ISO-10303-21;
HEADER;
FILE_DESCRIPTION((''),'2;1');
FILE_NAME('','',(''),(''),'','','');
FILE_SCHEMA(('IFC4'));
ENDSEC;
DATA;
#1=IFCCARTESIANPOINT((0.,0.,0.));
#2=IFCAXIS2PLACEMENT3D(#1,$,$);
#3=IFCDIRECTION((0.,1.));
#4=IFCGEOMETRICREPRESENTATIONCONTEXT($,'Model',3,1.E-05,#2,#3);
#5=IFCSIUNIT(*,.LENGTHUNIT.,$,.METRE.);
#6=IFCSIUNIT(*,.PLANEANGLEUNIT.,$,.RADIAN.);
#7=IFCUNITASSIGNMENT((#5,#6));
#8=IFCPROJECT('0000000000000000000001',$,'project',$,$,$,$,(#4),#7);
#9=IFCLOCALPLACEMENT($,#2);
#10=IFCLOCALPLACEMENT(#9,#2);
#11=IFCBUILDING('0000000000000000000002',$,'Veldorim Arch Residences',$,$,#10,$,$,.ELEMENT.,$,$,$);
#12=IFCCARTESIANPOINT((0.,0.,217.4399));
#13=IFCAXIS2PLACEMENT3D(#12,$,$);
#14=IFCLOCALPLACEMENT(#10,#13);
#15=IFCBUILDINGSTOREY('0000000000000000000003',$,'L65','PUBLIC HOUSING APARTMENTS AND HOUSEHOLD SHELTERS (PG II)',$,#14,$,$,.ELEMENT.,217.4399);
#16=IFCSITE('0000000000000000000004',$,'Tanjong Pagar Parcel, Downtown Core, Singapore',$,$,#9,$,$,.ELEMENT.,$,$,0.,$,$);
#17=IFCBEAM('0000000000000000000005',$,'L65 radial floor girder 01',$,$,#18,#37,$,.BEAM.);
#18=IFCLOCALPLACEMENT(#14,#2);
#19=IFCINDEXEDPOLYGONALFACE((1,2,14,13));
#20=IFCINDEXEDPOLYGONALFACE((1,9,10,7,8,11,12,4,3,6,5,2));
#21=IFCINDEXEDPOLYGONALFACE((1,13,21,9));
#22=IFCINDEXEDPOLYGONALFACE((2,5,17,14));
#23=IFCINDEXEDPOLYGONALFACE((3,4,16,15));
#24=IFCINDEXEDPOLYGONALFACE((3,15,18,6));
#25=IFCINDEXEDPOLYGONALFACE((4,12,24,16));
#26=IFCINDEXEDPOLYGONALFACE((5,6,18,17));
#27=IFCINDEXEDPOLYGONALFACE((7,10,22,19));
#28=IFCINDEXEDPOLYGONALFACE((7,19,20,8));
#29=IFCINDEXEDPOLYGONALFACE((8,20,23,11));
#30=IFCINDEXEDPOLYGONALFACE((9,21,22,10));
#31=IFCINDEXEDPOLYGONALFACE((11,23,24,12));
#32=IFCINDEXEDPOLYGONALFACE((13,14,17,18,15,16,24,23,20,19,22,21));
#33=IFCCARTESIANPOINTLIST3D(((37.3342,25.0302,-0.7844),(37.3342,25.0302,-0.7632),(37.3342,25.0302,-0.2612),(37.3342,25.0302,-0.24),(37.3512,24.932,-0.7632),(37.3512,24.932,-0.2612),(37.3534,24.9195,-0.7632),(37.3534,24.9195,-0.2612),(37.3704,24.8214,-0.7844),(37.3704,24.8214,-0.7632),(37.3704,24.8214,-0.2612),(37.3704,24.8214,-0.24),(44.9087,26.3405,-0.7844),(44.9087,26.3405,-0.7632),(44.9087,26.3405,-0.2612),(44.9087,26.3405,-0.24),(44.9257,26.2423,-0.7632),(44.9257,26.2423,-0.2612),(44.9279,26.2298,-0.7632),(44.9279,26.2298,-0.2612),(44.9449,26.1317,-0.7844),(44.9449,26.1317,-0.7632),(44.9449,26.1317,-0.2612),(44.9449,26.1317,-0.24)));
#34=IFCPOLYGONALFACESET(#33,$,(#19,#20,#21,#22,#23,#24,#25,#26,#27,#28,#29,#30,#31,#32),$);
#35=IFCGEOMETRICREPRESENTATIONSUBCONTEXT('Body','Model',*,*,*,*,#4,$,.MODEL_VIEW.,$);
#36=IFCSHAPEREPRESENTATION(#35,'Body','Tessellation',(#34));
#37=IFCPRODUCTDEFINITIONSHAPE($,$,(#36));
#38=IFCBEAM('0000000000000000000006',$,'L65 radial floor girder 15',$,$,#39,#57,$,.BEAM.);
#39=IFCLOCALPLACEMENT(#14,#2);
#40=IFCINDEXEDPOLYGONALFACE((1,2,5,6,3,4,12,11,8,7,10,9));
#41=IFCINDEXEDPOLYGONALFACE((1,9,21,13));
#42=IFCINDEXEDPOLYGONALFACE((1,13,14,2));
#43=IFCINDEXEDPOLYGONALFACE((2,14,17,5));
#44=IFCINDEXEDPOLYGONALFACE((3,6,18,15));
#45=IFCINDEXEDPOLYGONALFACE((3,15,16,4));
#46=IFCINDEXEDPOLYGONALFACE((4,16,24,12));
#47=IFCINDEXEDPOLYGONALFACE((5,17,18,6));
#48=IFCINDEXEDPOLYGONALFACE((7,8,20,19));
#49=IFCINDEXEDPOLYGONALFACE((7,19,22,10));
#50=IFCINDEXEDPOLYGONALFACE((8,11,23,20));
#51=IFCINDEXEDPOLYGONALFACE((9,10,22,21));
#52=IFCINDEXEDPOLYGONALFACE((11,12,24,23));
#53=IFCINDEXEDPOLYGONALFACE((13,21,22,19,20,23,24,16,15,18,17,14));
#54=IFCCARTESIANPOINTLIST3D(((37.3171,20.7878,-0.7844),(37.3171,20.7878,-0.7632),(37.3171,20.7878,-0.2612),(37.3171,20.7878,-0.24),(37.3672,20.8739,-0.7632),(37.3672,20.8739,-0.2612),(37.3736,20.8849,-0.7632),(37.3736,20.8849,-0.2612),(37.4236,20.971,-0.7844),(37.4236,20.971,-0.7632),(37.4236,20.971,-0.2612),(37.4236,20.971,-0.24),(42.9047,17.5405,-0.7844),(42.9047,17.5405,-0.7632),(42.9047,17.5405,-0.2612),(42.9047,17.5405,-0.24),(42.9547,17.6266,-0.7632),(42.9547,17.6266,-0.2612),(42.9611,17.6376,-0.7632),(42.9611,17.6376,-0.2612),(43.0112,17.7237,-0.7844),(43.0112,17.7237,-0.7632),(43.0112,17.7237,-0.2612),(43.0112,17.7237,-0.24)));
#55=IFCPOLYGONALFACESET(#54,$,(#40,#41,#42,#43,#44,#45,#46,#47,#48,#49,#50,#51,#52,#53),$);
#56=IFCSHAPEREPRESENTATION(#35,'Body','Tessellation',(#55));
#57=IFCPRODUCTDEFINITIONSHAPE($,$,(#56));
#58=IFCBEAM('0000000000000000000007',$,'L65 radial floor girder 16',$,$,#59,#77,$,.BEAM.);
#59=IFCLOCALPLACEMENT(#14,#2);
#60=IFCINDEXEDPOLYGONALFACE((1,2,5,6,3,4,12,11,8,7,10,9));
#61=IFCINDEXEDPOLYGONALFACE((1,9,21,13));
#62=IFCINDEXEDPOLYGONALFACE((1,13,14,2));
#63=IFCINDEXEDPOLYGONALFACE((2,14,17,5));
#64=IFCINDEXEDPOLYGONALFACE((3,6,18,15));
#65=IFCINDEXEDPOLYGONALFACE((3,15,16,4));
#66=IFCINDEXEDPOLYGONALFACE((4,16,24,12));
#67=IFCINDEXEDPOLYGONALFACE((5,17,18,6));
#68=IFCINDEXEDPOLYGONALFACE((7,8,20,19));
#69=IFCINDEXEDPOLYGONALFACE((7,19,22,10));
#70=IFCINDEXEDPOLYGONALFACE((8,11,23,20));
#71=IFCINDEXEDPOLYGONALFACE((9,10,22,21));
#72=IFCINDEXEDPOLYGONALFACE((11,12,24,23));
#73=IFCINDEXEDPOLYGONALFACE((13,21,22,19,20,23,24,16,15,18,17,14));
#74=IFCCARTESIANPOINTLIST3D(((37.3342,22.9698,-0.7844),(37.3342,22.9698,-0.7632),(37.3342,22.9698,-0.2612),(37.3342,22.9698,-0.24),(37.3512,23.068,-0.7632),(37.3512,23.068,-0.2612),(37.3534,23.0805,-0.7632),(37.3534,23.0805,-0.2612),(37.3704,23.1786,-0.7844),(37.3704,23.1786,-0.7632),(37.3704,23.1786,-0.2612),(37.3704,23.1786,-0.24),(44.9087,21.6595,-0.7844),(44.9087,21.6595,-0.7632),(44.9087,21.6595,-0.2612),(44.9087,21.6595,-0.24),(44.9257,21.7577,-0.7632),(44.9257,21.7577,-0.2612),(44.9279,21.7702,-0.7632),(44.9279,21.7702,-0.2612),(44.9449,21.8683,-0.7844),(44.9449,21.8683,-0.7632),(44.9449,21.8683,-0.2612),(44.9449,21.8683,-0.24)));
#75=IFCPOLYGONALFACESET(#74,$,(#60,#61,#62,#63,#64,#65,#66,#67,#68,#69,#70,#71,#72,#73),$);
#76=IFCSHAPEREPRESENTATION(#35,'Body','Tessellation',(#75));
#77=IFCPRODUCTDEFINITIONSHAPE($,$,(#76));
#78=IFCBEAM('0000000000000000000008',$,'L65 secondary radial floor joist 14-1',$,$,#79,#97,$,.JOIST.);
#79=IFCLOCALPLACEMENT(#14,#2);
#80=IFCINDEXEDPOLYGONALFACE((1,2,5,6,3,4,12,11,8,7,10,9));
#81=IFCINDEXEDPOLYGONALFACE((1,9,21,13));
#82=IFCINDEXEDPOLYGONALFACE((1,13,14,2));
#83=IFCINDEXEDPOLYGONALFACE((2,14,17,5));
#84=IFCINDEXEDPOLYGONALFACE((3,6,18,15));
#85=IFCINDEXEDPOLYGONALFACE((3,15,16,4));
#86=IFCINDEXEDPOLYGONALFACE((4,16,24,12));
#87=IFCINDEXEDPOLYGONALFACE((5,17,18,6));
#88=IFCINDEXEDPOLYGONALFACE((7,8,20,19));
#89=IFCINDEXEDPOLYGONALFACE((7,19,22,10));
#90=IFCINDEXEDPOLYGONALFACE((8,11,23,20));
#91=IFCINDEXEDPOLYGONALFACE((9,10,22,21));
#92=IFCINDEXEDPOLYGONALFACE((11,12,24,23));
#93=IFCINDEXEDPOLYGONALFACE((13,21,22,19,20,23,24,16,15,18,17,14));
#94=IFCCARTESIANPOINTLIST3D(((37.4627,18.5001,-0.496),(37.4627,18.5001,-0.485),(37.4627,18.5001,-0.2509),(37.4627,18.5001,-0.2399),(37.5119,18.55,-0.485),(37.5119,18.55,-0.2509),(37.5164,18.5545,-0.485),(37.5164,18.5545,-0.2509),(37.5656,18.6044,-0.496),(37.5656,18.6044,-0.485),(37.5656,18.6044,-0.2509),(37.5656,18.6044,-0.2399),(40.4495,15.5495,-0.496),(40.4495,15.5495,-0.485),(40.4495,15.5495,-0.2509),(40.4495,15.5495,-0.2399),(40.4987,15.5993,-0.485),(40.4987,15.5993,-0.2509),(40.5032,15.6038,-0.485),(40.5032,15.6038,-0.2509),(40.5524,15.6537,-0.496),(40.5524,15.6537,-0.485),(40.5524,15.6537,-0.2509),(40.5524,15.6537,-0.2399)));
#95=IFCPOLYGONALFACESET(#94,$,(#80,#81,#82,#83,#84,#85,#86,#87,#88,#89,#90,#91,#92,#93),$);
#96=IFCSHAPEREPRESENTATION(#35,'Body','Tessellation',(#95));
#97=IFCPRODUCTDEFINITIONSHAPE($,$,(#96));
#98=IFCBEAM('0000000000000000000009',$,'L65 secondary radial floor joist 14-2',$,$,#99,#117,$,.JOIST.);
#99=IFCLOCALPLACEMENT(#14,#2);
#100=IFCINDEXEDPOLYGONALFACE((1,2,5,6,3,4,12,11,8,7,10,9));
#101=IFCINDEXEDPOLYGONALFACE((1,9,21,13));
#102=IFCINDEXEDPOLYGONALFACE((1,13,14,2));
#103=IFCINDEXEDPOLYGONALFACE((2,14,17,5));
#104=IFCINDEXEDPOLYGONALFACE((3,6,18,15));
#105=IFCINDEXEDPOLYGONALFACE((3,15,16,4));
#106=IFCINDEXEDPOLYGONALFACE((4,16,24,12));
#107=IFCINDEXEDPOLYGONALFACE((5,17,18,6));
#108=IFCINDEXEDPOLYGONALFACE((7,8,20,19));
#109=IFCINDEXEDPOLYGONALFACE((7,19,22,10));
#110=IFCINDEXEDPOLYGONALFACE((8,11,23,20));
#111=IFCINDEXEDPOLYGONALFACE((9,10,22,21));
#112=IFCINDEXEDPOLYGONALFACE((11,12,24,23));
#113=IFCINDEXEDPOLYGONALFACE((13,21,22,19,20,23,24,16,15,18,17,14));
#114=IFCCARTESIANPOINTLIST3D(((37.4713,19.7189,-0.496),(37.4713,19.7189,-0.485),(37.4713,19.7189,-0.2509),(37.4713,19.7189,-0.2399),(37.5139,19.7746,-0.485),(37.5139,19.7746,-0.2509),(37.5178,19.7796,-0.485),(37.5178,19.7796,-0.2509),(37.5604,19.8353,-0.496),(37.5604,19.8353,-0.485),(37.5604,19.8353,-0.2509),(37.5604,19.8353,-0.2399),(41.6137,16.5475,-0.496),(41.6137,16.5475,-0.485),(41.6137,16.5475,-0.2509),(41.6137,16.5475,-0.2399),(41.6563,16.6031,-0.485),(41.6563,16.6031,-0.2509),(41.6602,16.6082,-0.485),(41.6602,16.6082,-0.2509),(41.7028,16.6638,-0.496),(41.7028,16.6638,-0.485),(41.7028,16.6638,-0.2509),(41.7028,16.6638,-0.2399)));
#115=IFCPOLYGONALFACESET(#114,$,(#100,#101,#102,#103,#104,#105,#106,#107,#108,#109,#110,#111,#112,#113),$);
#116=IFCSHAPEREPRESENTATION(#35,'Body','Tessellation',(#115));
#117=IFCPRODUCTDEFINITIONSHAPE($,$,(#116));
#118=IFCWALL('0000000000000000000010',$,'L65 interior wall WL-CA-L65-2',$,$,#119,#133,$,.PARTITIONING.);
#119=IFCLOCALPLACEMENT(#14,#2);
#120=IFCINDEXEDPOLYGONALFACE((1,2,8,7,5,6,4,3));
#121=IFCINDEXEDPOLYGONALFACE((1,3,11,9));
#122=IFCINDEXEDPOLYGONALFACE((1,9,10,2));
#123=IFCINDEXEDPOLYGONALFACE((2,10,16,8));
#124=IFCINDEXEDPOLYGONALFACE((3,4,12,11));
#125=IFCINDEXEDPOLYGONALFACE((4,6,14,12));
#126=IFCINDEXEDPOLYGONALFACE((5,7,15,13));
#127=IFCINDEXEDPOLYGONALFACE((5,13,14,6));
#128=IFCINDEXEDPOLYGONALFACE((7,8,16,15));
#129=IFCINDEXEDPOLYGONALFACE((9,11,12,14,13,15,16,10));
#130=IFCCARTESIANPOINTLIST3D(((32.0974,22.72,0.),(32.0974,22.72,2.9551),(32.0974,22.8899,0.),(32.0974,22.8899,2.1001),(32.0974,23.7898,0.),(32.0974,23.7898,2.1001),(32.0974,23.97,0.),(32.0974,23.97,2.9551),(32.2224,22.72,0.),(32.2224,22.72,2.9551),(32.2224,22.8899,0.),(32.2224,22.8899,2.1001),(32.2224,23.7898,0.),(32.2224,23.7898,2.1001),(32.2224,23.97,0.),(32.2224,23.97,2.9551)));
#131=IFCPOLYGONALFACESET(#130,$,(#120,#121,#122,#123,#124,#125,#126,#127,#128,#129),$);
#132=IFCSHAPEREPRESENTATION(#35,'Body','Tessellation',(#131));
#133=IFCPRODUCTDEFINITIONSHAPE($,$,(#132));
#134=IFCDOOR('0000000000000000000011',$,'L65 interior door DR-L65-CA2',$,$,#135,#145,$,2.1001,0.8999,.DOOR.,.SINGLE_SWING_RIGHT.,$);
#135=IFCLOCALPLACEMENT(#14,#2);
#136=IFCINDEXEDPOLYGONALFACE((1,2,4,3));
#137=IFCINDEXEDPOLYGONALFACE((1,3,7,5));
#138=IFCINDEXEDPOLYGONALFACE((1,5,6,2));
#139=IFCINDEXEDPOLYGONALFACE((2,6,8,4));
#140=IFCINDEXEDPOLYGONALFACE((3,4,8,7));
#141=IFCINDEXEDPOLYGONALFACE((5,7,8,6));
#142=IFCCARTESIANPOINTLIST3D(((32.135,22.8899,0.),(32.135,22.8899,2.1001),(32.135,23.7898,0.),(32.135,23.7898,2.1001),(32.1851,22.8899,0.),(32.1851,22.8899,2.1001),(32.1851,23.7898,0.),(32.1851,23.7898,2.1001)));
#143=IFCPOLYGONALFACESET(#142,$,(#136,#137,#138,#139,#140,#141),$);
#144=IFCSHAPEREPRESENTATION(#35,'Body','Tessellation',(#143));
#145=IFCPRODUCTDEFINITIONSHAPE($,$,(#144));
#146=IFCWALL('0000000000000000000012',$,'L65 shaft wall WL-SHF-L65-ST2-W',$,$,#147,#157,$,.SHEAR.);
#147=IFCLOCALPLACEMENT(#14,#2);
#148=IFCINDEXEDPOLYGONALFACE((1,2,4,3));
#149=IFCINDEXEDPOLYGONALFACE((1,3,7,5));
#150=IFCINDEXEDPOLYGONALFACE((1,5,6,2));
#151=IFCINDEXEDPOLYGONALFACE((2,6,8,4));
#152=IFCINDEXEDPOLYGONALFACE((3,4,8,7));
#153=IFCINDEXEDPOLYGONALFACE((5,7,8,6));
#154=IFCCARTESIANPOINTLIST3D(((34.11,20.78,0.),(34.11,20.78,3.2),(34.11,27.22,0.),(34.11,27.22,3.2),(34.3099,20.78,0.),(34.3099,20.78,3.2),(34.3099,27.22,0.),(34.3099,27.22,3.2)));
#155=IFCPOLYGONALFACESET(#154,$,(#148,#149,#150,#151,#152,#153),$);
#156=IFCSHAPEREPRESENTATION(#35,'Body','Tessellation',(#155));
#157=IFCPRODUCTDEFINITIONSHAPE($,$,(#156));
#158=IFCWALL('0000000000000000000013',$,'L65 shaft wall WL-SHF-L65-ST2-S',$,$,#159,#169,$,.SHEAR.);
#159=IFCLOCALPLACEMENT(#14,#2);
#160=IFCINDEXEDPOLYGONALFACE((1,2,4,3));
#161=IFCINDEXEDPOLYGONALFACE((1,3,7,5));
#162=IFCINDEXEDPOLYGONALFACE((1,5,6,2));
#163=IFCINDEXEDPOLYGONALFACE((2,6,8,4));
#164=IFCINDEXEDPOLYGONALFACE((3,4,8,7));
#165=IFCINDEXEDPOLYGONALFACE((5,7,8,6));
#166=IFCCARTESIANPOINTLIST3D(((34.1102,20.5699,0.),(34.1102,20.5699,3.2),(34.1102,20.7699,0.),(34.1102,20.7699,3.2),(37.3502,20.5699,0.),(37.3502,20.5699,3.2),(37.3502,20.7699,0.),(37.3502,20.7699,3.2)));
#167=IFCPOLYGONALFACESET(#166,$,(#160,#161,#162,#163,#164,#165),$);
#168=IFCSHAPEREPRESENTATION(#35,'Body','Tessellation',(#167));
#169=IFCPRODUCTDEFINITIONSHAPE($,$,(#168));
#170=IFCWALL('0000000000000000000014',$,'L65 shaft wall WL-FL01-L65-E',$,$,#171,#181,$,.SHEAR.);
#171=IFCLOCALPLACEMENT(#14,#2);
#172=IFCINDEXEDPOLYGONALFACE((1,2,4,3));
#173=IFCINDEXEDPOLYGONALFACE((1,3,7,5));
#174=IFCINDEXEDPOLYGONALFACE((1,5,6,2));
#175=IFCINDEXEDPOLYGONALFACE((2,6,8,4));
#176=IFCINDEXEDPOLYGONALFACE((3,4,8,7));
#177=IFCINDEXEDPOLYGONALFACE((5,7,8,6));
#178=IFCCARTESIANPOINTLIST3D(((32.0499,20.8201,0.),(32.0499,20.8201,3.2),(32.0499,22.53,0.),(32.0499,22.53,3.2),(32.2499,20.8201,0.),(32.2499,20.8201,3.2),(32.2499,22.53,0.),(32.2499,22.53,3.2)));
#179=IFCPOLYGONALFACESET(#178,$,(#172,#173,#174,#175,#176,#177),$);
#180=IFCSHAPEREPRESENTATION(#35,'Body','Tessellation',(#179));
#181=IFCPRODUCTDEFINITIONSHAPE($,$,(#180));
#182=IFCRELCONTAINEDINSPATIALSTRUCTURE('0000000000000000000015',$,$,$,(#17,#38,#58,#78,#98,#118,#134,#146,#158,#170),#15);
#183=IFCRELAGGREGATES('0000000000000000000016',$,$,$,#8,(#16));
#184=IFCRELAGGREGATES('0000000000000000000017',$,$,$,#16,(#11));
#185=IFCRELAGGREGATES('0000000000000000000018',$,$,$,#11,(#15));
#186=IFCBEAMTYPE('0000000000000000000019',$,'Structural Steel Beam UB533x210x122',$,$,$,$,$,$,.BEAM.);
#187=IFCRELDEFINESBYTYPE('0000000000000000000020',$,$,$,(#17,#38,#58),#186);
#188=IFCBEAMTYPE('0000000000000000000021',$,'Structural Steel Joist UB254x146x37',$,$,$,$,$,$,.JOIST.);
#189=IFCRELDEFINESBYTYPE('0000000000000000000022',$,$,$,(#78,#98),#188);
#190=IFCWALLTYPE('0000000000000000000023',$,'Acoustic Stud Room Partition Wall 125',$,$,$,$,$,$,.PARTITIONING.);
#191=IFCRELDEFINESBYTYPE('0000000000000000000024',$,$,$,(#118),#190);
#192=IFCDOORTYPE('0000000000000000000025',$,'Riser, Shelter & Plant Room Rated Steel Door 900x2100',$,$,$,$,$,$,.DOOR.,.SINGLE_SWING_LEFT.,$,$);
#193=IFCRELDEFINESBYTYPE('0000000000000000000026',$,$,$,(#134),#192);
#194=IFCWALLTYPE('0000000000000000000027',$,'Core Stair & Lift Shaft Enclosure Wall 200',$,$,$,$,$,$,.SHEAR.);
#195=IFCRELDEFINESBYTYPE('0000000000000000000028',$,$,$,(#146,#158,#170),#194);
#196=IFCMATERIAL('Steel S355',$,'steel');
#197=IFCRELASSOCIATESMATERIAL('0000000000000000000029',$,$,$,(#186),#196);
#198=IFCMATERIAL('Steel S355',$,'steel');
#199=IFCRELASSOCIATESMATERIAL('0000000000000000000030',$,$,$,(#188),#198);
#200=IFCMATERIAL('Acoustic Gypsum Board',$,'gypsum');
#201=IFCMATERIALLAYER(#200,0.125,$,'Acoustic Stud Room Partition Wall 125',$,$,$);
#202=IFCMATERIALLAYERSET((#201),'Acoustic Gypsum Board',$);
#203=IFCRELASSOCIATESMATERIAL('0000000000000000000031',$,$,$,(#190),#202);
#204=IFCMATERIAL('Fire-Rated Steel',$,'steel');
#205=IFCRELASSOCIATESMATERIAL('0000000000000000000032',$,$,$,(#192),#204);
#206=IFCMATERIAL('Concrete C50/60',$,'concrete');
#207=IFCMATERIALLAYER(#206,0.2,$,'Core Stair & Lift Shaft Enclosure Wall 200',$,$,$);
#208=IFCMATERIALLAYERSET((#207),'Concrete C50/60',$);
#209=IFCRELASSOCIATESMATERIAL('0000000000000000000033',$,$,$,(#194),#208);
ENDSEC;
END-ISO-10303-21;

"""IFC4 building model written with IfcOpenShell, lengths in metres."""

from ifc_helpers import new_model, si_unit, direction, frame, frame_2d, origin, origin_2d, place, context, subcontext, project, spatial, rectangle, i_section, extrude, material, layer, layer_set, material_profile, profile_set, type_object, element, fill, save


model = new_model("IFC4")

# Units and contexts
model_context = context("Model", 3, precision=1e-05, world=origin(), true_north=direction((0.0, 1.0)))
body_context = subcontext(model_context, "Body", "Model", "MODEL_VIEW")
ifc_project = project(units=[si_unit("LENGTHUNIT", "METRE"), si_unit("PLANEANGLEUNIT", "RADIAN")], contexts=[model_context])

# Site, building, storey
site_placement = place(None, origin())
site = spatial("IfcSite", under=ifc_project, at=site_placement, Name="Tanjong Pagar Parcel, Downtown Core, Singapore", CompositionType="ELEMENT", RefElevation=0.0)
building_placement = place(site_placement, origin())
building = spatial("IfcBuilding", under=site, at=building_placement, Name="Veldorim Arch Residences", CompositionType="ELEMENT")
storey_placement = place(building_placement, frame((0.0, 0.0, 217.4399)))
storey = spatial("IfcBuildingStorey", under=building, at=storey_placement, Name="L65", Description="PUBLIC HOUSING APARTMENTS AND HOUSEHOLD SHELTERS (PG II)", CompositionType="ELEMENT", Elevation=217.4399)

# Beams
ifc_material_1 = material(Name="Steel S355", Category="steel")
ifc_material_profile_1 = material_profile(ifc_material_1, i_section(OverallWidth=0.2119, OverallDepth=0.5444, WebThickness=0.0127, FlangeThickness=0.0212, at=origin_2d()), Name="UB533x210x122")
ifc_profile_set_1 = profile_set([ifc_material_profile_1], Name="Steel S355")
beam_type_1 = type_object("IfcBeamType", Name="Structural Steel Beam UB533x210x122", PredefinedType="BEAM", material=ifc_profile_set_1)
beam_1_placement = place(storey_placement, frame((37.3523, 24.9258, -0.5122), z_axis=(0.985365, 0.170458, 0.0), x_axis=(-0.170458, 0.985365, 0.0)))
element("IfcBeam", 1, at=beam_1_placement, inside=storey, type_object=beam_type_1, Name="L65 radial floor girder 01", PredefinedType="BEAM", context=body_context, shape_type="SweptSolid", body=[
    extrude(i_section(OverallWidth=0.2119, OverallDepth=0.5444, WebThickness=0.0127, FlangeThickness=0.0212, at=origin_2d()), origin(), (0.0, 0.0, 1.0), 7.687),
])
beam_2_placement = place(storey_placement, frame((37.3704, 20.8794, -0.5122), z_axis=(0.864596, -0.502468, 0.0), x_axis=(0.502468, 0.864596, 0.0)))
element("IfcBeam", 2, at=beam_2_placement, inside=storey, type_object=beam_type_1, Name="L65 radial floor girder 15", PredefinedType="BEAM", context=body_context, shape_type="SweptSolid", body=[
    extrude(i_section(OverallWidth=0.2119, OverallDepth=0.5444, WebThickness=0.0127, FlangeThickness=0.0212, at=origin_2d()), origin(), (0.0, 0.0, 1.0), 6.4626),
])
beam_3_placement = place(storey_placement, frame((37.3523, 23.0742, -0.5122), z_axis=(0.985365, -0.170458, 0.0), x_axis=(0.170458, 0.985365, 0.0)))
element("IfcBeam", 3, at=beam_3_placement, inside=storey, type_object=beam_type_1, Name="L65 radial floor girder 16", PredefinedType="BEAM", context=body_context, shape_type="SweptSolid", body=[
    extrude(i_section(OverallWidth=0.2119, OverallDepth=0.5444, WebThickness=0.0127, FlangeThickness=0.0212, at=origin_2d()), origin(), (0.0, 0.0, 1.0), 7.687),
])
ifc_material_2 = material(Name="Steel S355", Category="steel")
ifc_material_profile_2 = material_profile(ifc_material_2, i_section(OverallWidth=0.1465, OverallDepth=0.2561, WebThickness=0.0063, FlangeThickness=0.011, at=origin_2d()), Name="UB254x146x37")
ifc_profile_set_2 = profile_set([ifc_material_profile_2], Name="Steel S355")
beam_type_2 = type_object("IfcBeamType", Name="Structural Steel Joist UB254x146x37", PredefinedType="JOIST", material=ifc_profile_set_2)
beam_4_placement = place(storey_placement, frame((37.5142, 18.5522, -0.3679), z_axis=(0.711397, -0.702791, 0.0), x_axis=(0.702791, 0.711397, 0.0)))
element("IfcBeam", 4, at=beam_4_placement, inside=storey, type_object=beam_type_2, Name="L65 secondary radial floor joist 14-1", PredefinedType="JOIST", context=body_context, shape_type="SweptSolid", body=[
    extrude(i_section(OverallWidth=0.1465, OverallDepth=0.2561, WebThickness=0.0063, FlangeThickness=0.011, at=origin_2d()), origin(), (0.0, 0.0, 1.0), 4.1985),
])
beam_5_placement = place(storey_placement, frame((37.5159, 19.7771, -0.3679), z_axis=(0.794014, -0.6079, 0.0), x_axis=(0.6079, 0.794014, 0.0)))
element("IfcBeam", 5, at=beam_5_placement, inside=storey, type_object=beam_type_2, Name="L65 secondary radial floor joist 14-2", PredefinedType="JOIST", context=body_context, shape_type="SweptSolid", body=[
    extrude(i_section(OverallWidth=0.1465, OverallDepth=0.2561, WebThickness=0.0063, FlangeThickness=0.011, at=origin_2d()), origin(), (0.0, 0.0, 1.0), 5.217),
])

# Wall, opening, door
ifc_material_3 = material(Name="Acoustic Gypsum Board", Category="gypsum")
ifc_layer_1 = layer(ifc_material_3, 0.125, Name="Acoustic Stud Room Partition Wall 125")
ifc_layer_set_1 = layer_set([ifc_layer_1], Name="Acoustic Gypsum Board")
wall_type_1 = type_object("IfcWallType", Name="Acoustic Stud Room Partition Wall 125", PredefinedType="PARTITIONING", material=ifc_layer_set_1)
wall_1_placement = place(storey_placement, frame((32.1599, 22.72, 0.0), z_axis=(0.0, 0.0, 1.0), x_axis=(0.0, 1.0, 0.0)))
wall_1 = element("IfcWall", 6, at=wall_1_placement, inside=storey, type_object=wall_type_1, Name="L65 interior wall WL-CA-L65-2", PredefinedType="PARTITIONING", context=body_context, shape_type="SweptSolid", body=[
    extrude(rectangle(XDim=1.25, YDim=0.125, at=frame_2d((0.625, 0.0))), origin(), (0.0, 0.0, 1.0), 2.9551),
])
opening_placement = place(wall_1_placement, frame((0.1699, 0.0, 0.0)))
opening = element("IfcOpeningElement", 7, at=opening_placement, cuts=wall_1, PredefinedType="OPENING", context=body_context, shape_type="SweptSolid", body=[
    extrude(rectangle(XDim=0.8999, YDim=2.1001, at=frame_2d((0.45, 1.05))), frame((0.0, 0.0725, 0.0), z_axis=(0.0, -1.0, 0.0), x_axis=(1.0, 0.0, 0.0)), (0.0, 0.0, 1.0), 0.145),
])
ifc_material_4 = material(Name="Fire-Rated Steel", Category="steel")
door_type = type_object("IfcDoorType", Name="Riser, Shelter & Plant Room Rated Steel Door 900x2100", OperationType="SINGLE_SWING_LEFT", PredefinedType="DOOR", material=ifc_material_4)
door_placement = place(opening_placement, origin())
door = element("IfcDoor", 8, at=door_placement, inside=storey, type_object=door_type, Name="L65 interior door DR-L65-CA2", OperationType="SINGLE_SWING_RIGHT", OverallHeight=2.1001, OverallWidth=0.8999, PredefinedType="DOOR", context=body_context, shape_type="SweptSolid", body=[
    extrude(rectangle(XDim=0.8999, YDim=2.1001, at=frame_2d((0.45, 1.05))), frame((0.0, 0.0249, 0.0), z_axis=(0.0, -1.0, 0.0), x_axis=(1.0, 0.0, 0.0)), (0.0, 0.0, 1.0), 0.05),
])
fill(opening, door)

# Walls
ifc_material_5 = material(Name="Concrete C50/60", Category="concrete")
ifc_layer_2 = layer(ifc_material_5, 0.2, Name="Core Stair & Lift Shaft Enclosure Wall 200")
ifc_layer_set_2 = layer_set([ifc_layer_2], Name="Concrete C50/60")
wall_type_2 = type_object("IfcWallType", Name="Core Stair & Lift Shaft Enclosure Wall 200", PredefinedType="SHEAR", material=ifc_layer_set_2)
wall_2_placement = place(storey_placement, frame((34.21, 20.78, 0.0), z_axis=(0.0, 0.0, 1.0), x_axis=(0.0, 1.0, 0.0)))
element("IfcWall", 9, at=wall_2_placement, inside=storey, type_object=wall_type_2, Name="L65 shaft wall WL-SHF-L65-ST2-W", PredefinedType="SHEAR", context=body_context, shape_type="SweptSolid", body=[
    extrude(rectangle(XDim=6.4399, YDim=0.2, at=frame_2d((3.22, 0.0))), origin(), (0.0, 0.0, 1.0), 3.2),
])
wall_3_placement = place(storey_placement, frame((34.1101, 20.6699, 0.0), z_axis=(0.0, 0.0, 1.0), x_axis=(1.0, 0.0, 0.0)))
element("IfcWall", 10, at=wall_3_placement, inside=storey, type_object=wall_type_2, Name="L65 shaft wall WL-SHF-L65-ST2-S", PredefinedType="SHEAR", context=body_context, shape_type="SweptSolid", body=[
    extrude(rectangle(XDim=3.24, YDim=0.2, at=frame_2d((1.6201, 0.0))), origin(), (0.0, 0.0, 1.0), 3.2),
])
for number, where, z_axis, x_axis, name in (
    (11, (32.1499, 20.8201, 0.0), (0.0, 0.0, 1.0), (0.0, 1.0, 0.0), "L65 shaft wall WL-FL01-L65-E"),
):
    element("IfcWall", number, at=place(storey_placement, frame(where, z_axis=z_axis, x_axis=x_axis)), inside=storey, type_object=wall_type_2, Name=name, PredefinedType="SHEAR", context=body_context, shape_type="SweptSolid", body=[
        extrude(rectangle(XDim=1.71, YDim=0.2, at=frame_2d((0.855, 0.0))), origin(), (0.0, 0.0, 1.0), 3.2),
    ])

save(model, "model.ifc")
